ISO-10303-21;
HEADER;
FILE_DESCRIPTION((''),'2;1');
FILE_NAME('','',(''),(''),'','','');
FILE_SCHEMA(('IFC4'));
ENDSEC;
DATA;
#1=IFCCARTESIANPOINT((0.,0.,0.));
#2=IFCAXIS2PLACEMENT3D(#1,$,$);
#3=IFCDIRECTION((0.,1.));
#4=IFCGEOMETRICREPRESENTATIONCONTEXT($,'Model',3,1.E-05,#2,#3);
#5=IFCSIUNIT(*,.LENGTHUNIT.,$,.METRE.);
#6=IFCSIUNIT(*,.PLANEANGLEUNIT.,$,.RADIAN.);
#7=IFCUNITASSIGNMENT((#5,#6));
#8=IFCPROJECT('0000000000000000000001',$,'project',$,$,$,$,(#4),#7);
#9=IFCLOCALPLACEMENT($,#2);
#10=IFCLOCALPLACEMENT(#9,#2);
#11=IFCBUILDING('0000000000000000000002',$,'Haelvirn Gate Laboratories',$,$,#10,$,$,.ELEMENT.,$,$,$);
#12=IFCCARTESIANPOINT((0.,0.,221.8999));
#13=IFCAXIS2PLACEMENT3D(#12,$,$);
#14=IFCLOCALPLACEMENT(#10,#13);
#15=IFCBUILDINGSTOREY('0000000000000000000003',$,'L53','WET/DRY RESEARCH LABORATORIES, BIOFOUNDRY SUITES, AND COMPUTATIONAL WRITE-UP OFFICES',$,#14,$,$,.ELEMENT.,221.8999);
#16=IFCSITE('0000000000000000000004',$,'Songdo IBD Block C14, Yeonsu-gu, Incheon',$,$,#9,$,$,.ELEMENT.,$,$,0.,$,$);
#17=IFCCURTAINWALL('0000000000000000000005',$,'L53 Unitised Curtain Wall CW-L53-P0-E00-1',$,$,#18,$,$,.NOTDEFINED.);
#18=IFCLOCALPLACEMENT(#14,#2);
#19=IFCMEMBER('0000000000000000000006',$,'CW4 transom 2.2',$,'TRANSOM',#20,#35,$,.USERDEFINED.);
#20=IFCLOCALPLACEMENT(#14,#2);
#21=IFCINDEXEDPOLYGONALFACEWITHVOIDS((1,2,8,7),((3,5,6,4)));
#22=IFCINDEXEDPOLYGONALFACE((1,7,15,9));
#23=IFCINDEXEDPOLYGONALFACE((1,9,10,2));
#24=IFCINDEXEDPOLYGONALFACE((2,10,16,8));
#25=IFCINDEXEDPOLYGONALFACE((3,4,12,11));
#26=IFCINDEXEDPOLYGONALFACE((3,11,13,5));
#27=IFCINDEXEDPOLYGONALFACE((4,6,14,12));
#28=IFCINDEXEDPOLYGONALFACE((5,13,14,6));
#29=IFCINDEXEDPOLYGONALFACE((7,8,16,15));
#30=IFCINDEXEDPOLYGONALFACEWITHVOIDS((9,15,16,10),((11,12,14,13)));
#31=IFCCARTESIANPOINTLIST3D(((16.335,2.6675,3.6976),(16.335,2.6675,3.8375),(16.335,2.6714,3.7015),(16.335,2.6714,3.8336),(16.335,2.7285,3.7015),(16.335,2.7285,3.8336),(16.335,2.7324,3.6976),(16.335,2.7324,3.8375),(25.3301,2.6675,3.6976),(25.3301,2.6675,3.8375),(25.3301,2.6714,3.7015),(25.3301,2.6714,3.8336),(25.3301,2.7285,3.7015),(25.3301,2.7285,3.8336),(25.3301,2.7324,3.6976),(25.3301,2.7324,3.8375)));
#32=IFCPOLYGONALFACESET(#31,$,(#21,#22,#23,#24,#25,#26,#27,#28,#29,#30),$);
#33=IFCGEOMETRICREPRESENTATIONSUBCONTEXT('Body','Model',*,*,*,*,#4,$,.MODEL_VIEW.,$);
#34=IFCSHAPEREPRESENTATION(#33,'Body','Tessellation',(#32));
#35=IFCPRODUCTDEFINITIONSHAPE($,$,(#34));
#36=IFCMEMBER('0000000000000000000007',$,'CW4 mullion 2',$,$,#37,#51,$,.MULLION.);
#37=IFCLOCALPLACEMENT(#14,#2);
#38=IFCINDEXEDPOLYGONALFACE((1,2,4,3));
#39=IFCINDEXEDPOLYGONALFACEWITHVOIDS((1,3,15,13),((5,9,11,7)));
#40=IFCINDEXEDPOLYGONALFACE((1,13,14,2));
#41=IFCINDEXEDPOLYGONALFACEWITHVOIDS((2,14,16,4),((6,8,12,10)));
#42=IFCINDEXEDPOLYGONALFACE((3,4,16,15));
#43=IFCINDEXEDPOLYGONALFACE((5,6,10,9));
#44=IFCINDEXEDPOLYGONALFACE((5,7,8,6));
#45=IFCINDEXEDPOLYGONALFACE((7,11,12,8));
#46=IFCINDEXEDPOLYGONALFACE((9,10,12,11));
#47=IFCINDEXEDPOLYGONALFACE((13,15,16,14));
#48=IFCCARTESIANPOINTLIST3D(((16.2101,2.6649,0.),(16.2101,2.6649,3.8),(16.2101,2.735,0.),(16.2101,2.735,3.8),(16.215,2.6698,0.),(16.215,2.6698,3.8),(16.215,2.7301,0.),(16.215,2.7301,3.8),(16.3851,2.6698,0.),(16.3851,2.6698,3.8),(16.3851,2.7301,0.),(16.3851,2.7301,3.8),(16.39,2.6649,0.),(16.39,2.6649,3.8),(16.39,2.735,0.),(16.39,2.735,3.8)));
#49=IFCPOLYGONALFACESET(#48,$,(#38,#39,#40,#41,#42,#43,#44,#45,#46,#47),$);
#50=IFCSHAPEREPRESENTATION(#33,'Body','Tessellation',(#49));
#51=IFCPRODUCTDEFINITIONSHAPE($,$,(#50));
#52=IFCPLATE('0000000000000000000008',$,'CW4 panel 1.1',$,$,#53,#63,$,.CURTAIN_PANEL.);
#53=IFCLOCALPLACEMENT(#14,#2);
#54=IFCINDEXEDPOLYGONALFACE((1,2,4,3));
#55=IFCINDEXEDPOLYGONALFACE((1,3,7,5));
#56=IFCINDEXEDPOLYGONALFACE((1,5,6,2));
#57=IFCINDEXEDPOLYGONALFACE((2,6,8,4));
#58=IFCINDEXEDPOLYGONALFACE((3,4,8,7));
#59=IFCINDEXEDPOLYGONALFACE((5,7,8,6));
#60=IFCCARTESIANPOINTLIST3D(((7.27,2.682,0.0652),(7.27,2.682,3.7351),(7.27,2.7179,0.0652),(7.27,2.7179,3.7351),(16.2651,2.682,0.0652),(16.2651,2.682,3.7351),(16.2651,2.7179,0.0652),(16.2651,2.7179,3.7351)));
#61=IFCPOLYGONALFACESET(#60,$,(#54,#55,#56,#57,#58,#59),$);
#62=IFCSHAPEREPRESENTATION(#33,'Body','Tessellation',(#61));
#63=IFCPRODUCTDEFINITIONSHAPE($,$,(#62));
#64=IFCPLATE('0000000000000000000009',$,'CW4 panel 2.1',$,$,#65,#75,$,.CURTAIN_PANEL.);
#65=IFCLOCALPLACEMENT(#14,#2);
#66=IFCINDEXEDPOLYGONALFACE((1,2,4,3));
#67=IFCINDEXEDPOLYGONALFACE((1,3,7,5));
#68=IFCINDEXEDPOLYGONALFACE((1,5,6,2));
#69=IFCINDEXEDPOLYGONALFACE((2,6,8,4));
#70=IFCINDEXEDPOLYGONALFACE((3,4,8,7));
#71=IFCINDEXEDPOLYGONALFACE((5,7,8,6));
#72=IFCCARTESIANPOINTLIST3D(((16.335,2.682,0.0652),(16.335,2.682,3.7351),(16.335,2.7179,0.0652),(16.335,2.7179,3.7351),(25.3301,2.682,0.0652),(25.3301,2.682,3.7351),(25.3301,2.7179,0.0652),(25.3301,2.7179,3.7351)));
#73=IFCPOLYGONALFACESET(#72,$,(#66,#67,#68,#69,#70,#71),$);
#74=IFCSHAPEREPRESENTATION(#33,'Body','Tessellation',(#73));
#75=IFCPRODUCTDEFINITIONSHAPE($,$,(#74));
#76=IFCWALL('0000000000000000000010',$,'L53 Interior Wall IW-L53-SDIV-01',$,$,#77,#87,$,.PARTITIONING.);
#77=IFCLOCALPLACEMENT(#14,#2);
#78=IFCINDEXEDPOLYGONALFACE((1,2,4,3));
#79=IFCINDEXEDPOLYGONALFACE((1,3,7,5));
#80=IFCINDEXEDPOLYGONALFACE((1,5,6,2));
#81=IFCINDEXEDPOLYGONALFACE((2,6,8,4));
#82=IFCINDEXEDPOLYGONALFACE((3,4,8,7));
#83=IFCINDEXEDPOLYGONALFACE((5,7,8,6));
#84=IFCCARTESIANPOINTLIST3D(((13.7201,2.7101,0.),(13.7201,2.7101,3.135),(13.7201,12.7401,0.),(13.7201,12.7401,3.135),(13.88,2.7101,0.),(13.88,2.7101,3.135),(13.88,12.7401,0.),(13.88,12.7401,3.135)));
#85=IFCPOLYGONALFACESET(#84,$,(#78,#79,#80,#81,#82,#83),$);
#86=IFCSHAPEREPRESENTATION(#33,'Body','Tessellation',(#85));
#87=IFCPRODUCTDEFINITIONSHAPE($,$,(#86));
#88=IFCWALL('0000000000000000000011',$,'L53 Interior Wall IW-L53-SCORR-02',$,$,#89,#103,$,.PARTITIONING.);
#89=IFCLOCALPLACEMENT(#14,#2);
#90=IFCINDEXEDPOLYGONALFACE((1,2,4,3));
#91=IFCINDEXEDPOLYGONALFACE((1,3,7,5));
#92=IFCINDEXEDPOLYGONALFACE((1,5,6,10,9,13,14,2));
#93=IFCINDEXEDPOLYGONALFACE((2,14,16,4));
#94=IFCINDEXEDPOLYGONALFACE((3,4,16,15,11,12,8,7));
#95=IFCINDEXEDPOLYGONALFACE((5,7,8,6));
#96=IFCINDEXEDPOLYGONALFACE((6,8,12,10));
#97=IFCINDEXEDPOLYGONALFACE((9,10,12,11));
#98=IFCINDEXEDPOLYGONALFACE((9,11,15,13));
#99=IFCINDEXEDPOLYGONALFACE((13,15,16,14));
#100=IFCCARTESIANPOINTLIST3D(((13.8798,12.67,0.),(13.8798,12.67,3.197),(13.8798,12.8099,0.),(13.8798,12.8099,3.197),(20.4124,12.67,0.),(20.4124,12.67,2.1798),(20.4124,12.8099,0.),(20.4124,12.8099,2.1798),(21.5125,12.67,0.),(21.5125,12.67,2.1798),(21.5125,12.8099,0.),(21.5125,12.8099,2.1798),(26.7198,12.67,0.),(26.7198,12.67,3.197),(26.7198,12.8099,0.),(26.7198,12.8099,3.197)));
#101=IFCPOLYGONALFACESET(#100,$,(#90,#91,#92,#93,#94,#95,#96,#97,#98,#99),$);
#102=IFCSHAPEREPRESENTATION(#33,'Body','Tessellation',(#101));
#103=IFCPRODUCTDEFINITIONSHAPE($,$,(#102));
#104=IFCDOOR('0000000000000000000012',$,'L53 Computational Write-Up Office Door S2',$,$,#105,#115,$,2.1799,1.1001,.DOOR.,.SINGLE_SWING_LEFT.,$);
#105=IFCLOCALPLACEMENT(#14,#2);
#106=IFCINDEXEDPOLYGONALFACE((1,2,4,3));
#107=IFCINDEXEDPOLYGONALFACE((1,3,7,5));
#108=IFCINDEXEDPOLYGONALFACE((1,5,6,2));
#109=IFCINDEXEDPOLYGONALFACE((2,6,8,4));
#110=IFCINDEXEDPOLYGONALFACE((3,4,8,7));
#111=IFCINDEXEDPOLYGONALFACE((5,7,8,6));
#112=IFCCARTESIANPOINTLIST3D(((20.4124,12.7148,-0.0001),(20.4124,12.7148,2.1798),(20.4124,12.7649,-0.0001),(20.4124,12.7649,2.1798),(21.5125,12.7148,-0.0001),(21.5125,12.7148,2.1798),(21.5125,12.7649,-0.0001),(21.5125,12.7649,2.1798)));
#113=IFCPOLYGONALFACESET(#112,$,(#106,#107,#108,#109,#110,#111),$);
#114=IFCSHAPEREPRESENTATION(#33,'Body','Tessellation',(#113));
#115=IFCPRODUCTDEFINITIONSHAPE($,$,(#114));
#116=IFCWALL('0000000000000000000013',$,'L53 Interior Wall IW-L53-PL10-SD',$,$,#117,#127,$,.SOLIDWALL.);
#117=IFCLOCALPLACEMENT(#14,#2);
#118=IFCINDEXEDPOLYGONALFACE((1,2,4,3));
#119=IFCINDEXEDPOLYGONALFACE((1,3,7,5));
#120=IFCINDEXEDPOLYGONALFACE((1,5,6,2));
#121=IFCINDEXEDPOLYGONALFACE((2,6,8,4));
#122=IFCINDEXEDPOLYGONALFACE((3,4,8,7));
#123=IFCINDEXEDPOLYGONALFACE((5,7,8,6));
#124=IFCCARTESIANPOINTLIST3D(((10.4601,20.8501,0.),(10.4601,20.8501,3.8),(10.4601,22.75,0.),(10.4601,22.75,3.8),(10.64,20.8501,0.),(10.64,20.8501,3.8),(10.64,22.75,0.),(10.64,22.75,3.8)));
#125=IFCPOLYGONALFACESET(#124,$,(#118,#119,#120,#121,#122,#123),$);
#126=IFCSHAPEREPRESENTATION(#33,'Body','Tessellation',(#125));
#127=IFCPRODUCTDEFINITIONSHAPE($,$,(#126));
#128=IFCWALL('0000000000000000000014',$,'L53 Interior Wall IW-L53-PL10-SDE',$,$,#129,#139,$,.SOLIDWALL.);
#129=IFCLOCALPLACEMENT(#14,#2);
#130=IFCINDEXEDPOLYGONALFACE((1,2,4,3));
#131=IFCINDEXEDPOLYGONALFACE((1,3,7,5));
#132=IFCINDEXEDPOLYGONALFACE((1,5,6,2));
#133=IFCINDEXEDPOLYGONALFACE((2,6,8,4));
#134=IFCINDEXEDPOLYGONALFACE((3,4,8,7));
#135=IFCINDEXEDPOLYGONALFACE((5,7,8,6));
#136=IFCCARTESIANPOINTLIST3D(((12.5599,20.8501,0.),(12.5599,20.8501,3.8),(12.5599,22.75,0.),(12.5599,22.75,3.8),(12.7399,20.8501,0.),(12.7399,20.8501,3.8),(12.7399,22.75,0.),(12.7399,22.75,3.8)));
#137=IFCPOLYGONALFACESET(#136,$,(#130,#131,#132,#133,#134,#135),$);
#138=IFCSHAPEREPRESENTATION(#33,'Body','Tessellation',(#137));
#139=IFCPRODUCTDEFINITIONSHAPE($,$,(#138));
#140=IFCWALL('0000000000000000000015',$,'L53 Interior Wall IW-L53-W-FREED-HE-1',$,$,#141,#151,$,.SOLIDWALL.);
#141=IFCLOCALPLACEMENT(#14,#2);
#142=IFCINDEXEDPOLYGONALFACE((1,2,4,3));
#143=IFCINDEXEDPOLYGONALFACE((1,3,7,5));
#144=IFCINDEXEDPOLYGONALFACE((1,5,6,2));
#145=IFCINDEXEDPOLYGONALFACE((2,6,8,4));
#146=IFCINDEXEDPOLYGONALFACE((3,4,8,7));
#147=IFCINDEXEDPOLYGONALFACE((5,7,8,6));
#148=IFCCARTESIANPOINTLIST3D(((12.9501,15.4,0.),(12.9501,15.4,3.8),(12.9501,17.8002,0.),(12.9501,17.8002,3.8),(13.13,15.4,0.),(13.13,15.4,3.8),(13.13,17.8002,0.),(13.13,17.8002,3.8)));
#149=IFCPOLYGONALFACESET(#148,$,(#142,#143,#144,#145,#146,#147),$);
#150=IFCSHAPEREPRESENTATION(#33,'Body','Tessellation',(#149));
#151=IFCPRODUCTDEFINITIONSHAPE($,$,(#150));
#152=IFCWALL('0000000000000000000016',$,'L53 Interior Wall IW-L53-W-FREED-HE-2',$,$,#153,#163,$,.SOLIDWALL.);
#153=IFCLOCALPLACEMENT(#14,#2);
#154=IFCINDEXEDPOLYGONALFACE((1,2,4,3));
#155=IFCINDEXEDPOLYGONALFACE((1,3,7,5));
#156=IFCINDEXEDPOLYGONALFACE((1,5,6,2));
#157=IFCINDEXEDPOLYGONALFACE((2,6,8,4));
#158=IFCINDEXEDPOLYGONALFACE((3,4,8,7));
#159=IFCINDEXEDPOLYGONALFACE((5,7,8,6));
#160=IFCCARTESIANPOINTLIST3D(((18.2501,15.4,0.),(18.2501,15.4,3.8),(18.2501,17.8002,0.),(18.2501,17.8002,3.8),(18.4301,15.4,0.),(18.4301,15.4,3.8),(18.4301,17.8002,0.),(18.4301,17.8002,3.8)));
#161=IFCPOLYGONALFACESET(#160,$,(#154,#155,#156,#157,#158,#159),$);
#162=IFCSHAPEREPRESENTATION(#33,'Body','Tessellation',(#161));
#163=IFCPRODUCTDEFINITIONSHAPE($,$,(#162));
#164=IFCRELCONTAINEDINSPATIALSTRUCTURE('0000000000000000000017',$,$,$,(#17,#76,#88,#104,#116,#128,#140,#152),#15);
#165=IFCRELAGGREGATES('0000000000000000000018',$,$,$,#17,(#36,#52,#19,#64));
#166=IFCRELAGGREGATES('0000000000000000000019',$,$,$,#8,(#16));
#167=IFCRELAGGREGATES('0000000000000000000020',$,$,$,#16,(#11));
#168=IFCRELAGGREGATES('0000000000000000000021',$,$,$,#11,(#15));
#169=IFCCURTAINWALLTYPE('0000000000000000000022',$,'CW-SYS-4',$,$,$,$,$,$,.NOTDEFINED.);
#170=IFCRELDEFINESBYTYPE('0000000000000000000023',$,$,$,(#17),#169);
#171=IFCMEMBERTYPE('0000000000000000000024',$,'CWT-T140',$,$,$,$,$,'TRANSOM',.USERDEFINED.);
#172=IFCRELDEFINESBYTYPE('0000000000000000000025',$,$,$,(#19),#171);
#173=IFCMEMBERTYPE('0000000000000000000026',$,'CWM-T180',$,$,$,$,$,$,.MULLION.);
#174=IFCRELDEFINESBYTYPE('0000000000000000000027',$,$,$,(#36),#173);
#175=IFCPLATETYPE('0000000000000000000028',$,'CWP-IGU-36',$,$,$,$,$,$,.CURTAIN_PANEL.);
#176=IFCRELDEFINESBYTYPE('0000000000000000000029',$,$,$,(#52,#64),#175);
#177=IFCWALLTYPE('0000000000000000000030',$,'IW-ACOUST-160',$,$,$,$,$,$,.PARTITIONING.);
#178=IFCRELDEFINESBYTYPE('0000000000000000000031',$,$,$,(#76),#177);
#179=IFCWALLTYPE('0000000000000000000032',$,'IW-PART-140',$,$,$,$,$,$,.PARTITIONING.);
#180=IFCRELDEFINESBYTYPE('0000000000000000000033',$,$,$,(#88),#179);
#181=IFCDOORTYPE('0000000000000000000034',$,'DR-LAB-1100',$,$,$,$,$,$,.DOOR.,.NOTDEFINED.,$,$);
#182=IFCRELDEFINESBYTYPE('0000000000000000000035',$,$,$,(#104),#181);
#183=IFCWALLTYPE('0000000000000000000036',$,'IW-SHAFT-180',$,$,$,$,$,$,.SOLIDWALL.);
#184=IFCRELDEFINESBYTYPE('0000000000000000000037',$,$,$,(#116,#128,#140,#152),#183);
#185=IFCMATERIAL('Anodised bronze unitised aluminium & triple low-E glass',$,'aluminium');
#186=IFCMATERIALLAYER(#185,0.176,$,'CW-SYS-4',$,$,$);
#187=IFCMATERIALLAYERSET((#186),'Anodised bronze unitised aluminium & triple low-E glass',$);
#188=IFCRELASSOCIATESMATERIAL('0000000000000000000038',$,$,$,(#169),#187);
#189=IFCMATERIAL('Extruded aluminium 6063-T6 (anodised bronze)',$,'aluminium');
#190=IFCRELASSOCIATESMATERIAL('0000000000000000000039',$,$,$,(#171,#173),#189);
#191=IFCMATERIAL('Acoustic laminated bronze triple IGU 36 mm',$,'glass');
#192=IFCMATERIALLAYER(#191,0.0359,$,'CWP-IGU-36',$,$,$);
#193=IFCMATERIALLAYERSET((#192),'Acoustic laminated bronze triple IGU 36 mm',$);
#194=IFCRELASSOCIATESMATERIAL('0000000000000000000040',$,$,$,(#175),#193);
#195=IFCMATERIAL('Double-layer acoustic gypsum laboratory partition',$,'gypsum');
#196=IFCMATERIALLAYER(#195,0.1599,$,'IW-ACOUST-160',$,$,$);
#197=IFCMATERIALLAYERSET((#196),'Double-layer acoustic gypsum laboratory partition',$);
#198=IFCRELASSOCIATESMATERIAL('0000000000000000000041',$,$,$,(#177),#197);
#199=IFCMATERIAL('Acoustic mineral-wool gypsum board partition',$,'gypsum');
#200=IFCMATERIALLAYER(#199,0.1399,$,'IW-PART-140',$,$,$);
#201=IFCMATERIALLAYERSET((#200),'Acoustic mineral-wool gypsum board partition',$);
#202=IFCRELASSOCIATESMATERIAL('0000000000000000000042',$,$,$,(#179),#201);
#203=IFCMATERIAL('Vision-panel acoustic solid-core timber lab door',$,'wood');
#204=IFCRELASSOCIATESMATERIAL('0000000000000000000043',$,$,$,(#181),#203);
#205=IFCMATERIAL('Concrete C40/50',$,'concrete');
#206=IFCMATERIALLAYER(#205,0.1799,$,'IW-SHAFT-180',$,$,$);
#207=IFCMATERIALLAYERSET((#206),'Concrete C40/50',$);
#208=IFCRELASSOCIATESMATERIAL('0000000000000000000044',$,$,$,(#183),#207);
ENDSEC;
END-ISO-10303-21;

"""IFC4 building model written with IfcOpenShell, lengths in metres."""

from ifc_helpers import new_model, si_unit, direction, frame, frame_2d, origin, origin_2d, place, context, subcontext, project, spatial, rectangle, hollow_rectangle, extrude, source, transform, mapped, material, layer, layer_set, material_profile, profile_set, type_object, type_shapes, element, fill, aggregate, save


model = new_model("IFC4")

# Units and contexts
model_context = context("Model", 3, precision=1e-05, world=origin(), true_north=direction((0.0, 1.0)))
body_context = subcontext(model_context, "Body", "Model", "MODEL_VIEW")
ifc_project = project(units=[si_unit("LENGTHUNIT", "METRE"), si_unit("PLANEANGLEUNIT", "RADIAN")], contexts=[model_context])

# Site, building, storey
site_placement = place(None, origin())
site = spatial("IfcSite", under=ifc_project, at=site_placement, Name="Songdo IBD Block C14, Yeonsu-gu, Incheon", CompositionType="ELEMENT", RefElevation=0.0)
building_placement = place(site_placement, origin())
building = spatial("IfcBuilding", under=site, at=building_placement, Name="Haelvirn Gate Laboratories", CompositionType="ELEMENT")
storey_placement = place(building_placement, frame((0.0, 0.0, 221.8999)))
storey = spatial("IfcBuildingStorey", under=building, at=storey_placement, Name="L53", Description="WET/DRY RESEARCH LABORATORIES, BIOFOUNDRY SUITES, AND COMPUTATIONAL WRITE-UP OFFICES", CompositionType="ELEMENT", Elevation=221.8999)

# Curtain wall, members, plates
ifc_material_1 = material(Name="Anodised bronze unitised aluminium & triple low-E glass", Category="aluminium")
ifc_layer_1 = layer(ifc_material_1, 0.176, Name="CW-SYS-4")
ifc_layer_set_1 = layer_set([ifc_layer_1], Name="Anodised bronze unitised aluminium & triple low-E glass")
curtain_wall_type = type_object("IfcCurtainWallType", Name="CW-SYS-4", PredefinedType="NOTDEFINED", material=ifc_layer_set_1)
curtain_wall_placement = place(storey_placement, origin())
curtain_wall = element("IfcCurtainWall", 1, at=curtain_wall_placement, inside=storey, type_object=curtain_wall_type, Name="L53 Unitised Curtain Wall CW-L53-P0-E00-1", PredefinedType="NOTDEFINED")
ifc_material_2 = material(Name="Extruded aluminium 6063-T6 (anodised bronze)", Category="aluminium")
ifc_material_profile_1 = material_profile(ifc_material_2, hollow_rectangle(XDim=0.0649, YDim=0.1399, WallThickness=0.0039, at=origin_2d()), Name="CWT-140x65x4")
ifc_profile_set_1 = profile_set([ifc_material_profile_1], Name="Extruded aluminium 6063-T6 (anodised bronze)")
member_type_1 = type_object("IfcMemberType", Name="CWT-T140", ElementType="TRANSOM", PredefinedType="USERDEFINED", material=ifc_profile_set_1)
shared_shape_1 = source(origin(), body_context, "Body", "SweptSolid", [
    extrude(hollow_rectangle(XDim=0.0649, YDim=0.1399, WallThickness=0.0039, at=origin_2d()), origin(), (0.0, 0.0, 1.0), 8.9951),
])
type_shapes(member_type_1, [shared_shape_1])
member_1_placement = place(storey_placement, frame((16.335, 2.7, 3.7676), z_axis=(1.0, 0.0, 0.0), x_axis=(0.0, 1.0, 0.0)))
member_1 = element("IfcMember", 2, at=member_1_placement, type_object=member_type_1, Name="CW4 transom 2.2", ObjectType="TRANSOM", PredefinedType="USERDEFINED", context=body_context, shape_type="MappedRepresentation", body=[
    mapped(shared_shape_1, transform((0.0, 0.0, 0.0), scale=1.0)),
])
ifc_material_profile_2 = material_profile(ifc_material_2, hollow_rectangle(XDim=0.0701, YDim=0.1799, WallThickness=0.0049, at=origin_2d()), Name="CWM-180x70x5")
ifc_profile_set_2 = profile_set([ifc_material_profile_2], Name="Extruded aluminium 6063-T6 (anodised bronze)")
member_type_2 = type_object("IfcMemberType", Name="CWM-T180", PredefinedType="MULLION", material=ifc_profile_set_2)
shared_shape_2 = source(origin(), body_context, "Body", "SweptSolid", [
    extrude(hollow_rectangle(XDim=0.0701, YDim=0.1799, WallThickness=0.0049, at=origin_2d()), origin(), (0.0, 0.0, 1.0), 3.8),
])
type_shapes(member_type_2, [shared_shape_2])
member_2_placement = place(storey_placement, frame((16.3, 2.7, 0.0), z_axis=(0.0, 0.0, 1.0), x_axis=(0.0, 1.0, 0.0)))
member_2 = element("IfcMember", 3, at=member_2_placement, type_object=member_type_2, Name="CW4 mullion 2", PredefinedType="MULLION", context=body_context, shape_type="MappedRepresentation", body=[
    mapped(shared_shape_2, transform((0.0, 0.0, 0.0), scale=1.0)),
])
ifc_material_3 = material(Name="Acoustic laminated bronze triple IGU 36 mm", Category="glass")
ifc_layer_2 = layer(ifc_material_3, 0.0359, Name="CWP-IGU-36")
ifc_layer_set_2 = layer_set([ifc_layer_2], Name="Acoustic laminated bronze triple IGU 36 mm")
plate_type = type_object("IfcPlateType", Name="CWP-IGU-36", PredefinedType="CURTAIN_PANEL", material=ifc_layer_set_2)
shared_shape_3 = source(origin(), body_context, "Body", "SweptSolid", [
    extrude(rectangle(XDim=8.9951, YDim=0.0359, at=origin_2d()), origin(), (0.0, 0.0, 1.0), 3.6699),
])
type_shapes(plate_type, [shared_shape_3])
plate_1_placement = place(storey_placement, frame((11.7676, 2.7, 0.0652), z_axis=(0.0, 0.0, 1.0), x_axis=(1.0, 0.0, 0.0)))
plate_1 = element("IfcPlate", 4, at=plate_1_placement, type_object=plate_type, Name="CW4 panel 1.1", PredefinedType="CURTAIN_PANEL", context=body_context, shape_type="MappedRepresentation", body=[
    mapped(shared_shape_3, transform((0.0, 0.0, 0.0), scale=1.0)),
])
plate_2_placement = place(storey_placement, frame((20.8325, 2.7, 0.0652), z_axis=(0.0, 0.0, 1.0), x_axis=(1.0, 0.0, 0.0)))
plate_2 = element("IfcPlate", 5, at=plate_2_placement, type_object=plate_type, Name="CW4 panel 2.1", PredefinedType="CURTAIN_PANEL", context=body_context, shape_type="MappedRepresentation", body=[
    mapped(shared_shape_3, transform((0.0, 0.0, 0.0), scale=1.0)),
])
aggregate(curtain_wall, [member_2, plate_1, member_1, plate_2])

# Wall
ifc_material_4 = material(Name="Double-layer acoustic gypsum laboratory partition", Category="gypsum")
ifc_layer_3 = layer(ifc_material_4, 0.1599, Name="IW-ACOUST-160")
ifc_layer_set_3 = layer_set([ifc_layer_3], Name="Double-layer acoustic gypsum laboratory partition")
wall_type_1 = type_object("IfcWallType", Name="IW-ACOUST-160", PredefinedType="PARTITIONING", material=ifc_layer_set_3)
wall_1_placement = place(storey_placement, frame((13.8, 2.71, 0.0), z_axis=(0.0, 0.0, 1.0), x_axis=(0.0, 1.0, 0.0)))
element("IfcWall", 6, at=wall_1_placement, inside=storey, type_object=wall_type_1, Name="L53 Interior Wall IW-L53-SDIV-01", PredefinedType="PARTITIONING", context=body_context, shape_type="SweptSolid", body=[
    extrude(rectangle(XDim=10.03, YDim=0.1599, at=frame_2d((5.0151, 0.0))), origin(), (0.0, 0.0, 1.0), 3.135),
])

# Wall, opening, door
ifc_material_5 = material(Name="Acoustic mineral-wool gypsum board partition", Category="gypsum")
ifc_layer_4 = layer(ifc_material_5, 0.1399, Name="IW-PART-140")
ifc_layer_set_4 = layer_set([ifc_layer_4], Name="Acoustic mineral-wool gypsum board partition")
wall_type_2 = type_object("IfcWallType", Name="IW-PART-140", PredefinedType="PARTITIONING", material=ifc_layer_set_4)
wall_2_placement = place(storey_placement, frame((13.8799, 12.74, 0.0), z_axis=(0.0, 0.0, 1.0), x_axis=(1.0, 0.0, 0.0)))
wall_2 = element("IfcWall", 7, at=wall_2_placement, inside=storey, type_object=wall_type_2, Name="L53 Interior Wall IW-L53-SCORR-02", PredefinedType="PARTITIONING", context=body_context, shape_type="SweptSolid", body=[
    extrude(rectangle(XDim=12.8401, YDim=0.1399, at=frame_2d((6.4199, 0.0))), origin(), (0.0, 0.0, 1.0), 3.197),
])
opening_1_placement = place(wall_2_placement, frame((6.5325, 0.0, 0.0)))
opening_1 = element("IfcOpeningElement", 8, at=opening_1_placement, cuts=wall_2, PredefinedType="OPENING", context=body_context, shape_type="SweptSolid", body=[
    extrude(rectangle(XDim=1.1001, YDim=2.1799, at=frame_2d((0.55, 1.0898))), frame((0.0, 0.0801, 0.0), z_axis=(0.0, -1.0, 0.0), x_axis=(1.0, 0.0, 0.0)), (0.0, 0.0, 1.0), 0.1599),
])
ifc_material_6 = material(Name="Vision-panel acoustic solid-core timber lab door", Category="wood")
door_type_1 = type_object("IfcDoorType", Name="DR-LAB-1100", OperationType="NOTDEFINED", PredefinedType="DOOR", material=ifc_material_6)
shared_shape_4 = source(origin(), body_context, "Body", "SweptSolid", [
    extrude(rectangle(XDim=1.1001, YDim=2.1799, at=frame_2d((0.55, 1.0898))), frame((0.0, 0.0249, 0.0), z_axis=(0.0, -1.0, 0.0), x_axis=(1.0, 0.0, 0.0)), (0.0, 0.0, 1.0), 0.05),
])
type_shapes(door_type_1, [shared_shape_4])
door_1_placement = place(opening_1_placement, origin())
door_1 = element("IfcDoor", 9, at=door_1_placement, inside=storey, type_object=door_type_1, Name="L53 Computational Write-Up Office Door S2", OperationType="SINGLE_SWING_LEFT", OverallHeight=2.1799, OverallWidth=1.1001, PredefinedType="DOOR", context=body_context, shape_type="MappedRepresentation", body=[
    mapped(shared_shape_4, transform((0.0, 0.0, 0.0), scale=1.0)),
])
fill(opening_1, door_1)

# Walls
ifc_material_7 = material(Name="Concrete C40/50", Category="concrete")
ifc_layer_5 = layer(ifc_material_7, 0.1799, Name="IW-SHAFT-180")
ifc_layer_set_5 = layer_set([ifc_layer_5], Name="Concrete C40/50")
wall_type_3 = type_object("IfcWallType", Name="IW-SHAFT-180", PredefinedType="SOLIDWALL", material=ifc_layer_set_5)
for number, where, z_axis, x_axis, name in (
    (10, (10.55, 20.8501, 0.0), (0.0, 0.0, 1.0), (0.0, 1.0, 0.0), "L53 Interior Wall IW-L53-PL10-SD"),
    (11, (12.6499, 20.8501, 0.0), (0.0, 0.0, 1.0), (0.0, 1.0, 0.0), "L53 Interior Wall IW-L53-PL10-SDE"),
):
    element("IfcWall", number, at=place(storey_placement, frame(where, z_axis=z_axis, x_axis=x_axis)), inside=storey, type_object=wall_type_3, Name=name, PredefinedType="SOLIDWALL", context=body_context, shape_type="SweptSolid", body=[
        extrude(rectangle(XDim=1.8999, YDim=0.1799, at=frame_2d((0.95, 0.0))), origin(), (0.0, 0.0, 1.0), 3.8),
    ])
wall_3_placement = place(storey_placement, frame((13.04, 15.3999, 0.0), z_axis=(0.0, 0.0, 1.0), x_axis=(0.0, 1.0, 0.0)))
element("IfcWall", 12, at=wall_3_placement, inside=storey, type_object=wall_type_3, Name="L53 Interior Wall IW-L53-W-FREED-HE-1", PredefinedType="SOLIDWALL", context=body_context, shape_type="SweptSolid", body=[
    extrude(rectangle(XDim=2.4001, YDim=0.1799, at=frame_2d((1.2002, 0.0))), origin(), (0.0, 0.0, 1.0), 3.8),
])

# Wall
wall_4_placement = place(storey_placement, frame((18.3401, 15.3999, 0.0), z_axis=(0.0, 0.0, 1.0), x_axis=(0.0, 1.0, 0.0)))
element("IfcWall", 13, at=wall_4_placement, inside=storey, type_object=wall_type_3, Name="L53 Interior Wall IW-L53-W-FREED-HE-2", PredefinedType="SOLIDWALL", context=body_context, shape_type="SweptSolid", body=[
    extrude(rectangle(XDim=2.4001, YDim=0.1799, at=frame_2d((1.2002, 0.0))), origin(), (0.0, 0.0, 1.0), 3.8),
])

save(model, "model.ifc")
